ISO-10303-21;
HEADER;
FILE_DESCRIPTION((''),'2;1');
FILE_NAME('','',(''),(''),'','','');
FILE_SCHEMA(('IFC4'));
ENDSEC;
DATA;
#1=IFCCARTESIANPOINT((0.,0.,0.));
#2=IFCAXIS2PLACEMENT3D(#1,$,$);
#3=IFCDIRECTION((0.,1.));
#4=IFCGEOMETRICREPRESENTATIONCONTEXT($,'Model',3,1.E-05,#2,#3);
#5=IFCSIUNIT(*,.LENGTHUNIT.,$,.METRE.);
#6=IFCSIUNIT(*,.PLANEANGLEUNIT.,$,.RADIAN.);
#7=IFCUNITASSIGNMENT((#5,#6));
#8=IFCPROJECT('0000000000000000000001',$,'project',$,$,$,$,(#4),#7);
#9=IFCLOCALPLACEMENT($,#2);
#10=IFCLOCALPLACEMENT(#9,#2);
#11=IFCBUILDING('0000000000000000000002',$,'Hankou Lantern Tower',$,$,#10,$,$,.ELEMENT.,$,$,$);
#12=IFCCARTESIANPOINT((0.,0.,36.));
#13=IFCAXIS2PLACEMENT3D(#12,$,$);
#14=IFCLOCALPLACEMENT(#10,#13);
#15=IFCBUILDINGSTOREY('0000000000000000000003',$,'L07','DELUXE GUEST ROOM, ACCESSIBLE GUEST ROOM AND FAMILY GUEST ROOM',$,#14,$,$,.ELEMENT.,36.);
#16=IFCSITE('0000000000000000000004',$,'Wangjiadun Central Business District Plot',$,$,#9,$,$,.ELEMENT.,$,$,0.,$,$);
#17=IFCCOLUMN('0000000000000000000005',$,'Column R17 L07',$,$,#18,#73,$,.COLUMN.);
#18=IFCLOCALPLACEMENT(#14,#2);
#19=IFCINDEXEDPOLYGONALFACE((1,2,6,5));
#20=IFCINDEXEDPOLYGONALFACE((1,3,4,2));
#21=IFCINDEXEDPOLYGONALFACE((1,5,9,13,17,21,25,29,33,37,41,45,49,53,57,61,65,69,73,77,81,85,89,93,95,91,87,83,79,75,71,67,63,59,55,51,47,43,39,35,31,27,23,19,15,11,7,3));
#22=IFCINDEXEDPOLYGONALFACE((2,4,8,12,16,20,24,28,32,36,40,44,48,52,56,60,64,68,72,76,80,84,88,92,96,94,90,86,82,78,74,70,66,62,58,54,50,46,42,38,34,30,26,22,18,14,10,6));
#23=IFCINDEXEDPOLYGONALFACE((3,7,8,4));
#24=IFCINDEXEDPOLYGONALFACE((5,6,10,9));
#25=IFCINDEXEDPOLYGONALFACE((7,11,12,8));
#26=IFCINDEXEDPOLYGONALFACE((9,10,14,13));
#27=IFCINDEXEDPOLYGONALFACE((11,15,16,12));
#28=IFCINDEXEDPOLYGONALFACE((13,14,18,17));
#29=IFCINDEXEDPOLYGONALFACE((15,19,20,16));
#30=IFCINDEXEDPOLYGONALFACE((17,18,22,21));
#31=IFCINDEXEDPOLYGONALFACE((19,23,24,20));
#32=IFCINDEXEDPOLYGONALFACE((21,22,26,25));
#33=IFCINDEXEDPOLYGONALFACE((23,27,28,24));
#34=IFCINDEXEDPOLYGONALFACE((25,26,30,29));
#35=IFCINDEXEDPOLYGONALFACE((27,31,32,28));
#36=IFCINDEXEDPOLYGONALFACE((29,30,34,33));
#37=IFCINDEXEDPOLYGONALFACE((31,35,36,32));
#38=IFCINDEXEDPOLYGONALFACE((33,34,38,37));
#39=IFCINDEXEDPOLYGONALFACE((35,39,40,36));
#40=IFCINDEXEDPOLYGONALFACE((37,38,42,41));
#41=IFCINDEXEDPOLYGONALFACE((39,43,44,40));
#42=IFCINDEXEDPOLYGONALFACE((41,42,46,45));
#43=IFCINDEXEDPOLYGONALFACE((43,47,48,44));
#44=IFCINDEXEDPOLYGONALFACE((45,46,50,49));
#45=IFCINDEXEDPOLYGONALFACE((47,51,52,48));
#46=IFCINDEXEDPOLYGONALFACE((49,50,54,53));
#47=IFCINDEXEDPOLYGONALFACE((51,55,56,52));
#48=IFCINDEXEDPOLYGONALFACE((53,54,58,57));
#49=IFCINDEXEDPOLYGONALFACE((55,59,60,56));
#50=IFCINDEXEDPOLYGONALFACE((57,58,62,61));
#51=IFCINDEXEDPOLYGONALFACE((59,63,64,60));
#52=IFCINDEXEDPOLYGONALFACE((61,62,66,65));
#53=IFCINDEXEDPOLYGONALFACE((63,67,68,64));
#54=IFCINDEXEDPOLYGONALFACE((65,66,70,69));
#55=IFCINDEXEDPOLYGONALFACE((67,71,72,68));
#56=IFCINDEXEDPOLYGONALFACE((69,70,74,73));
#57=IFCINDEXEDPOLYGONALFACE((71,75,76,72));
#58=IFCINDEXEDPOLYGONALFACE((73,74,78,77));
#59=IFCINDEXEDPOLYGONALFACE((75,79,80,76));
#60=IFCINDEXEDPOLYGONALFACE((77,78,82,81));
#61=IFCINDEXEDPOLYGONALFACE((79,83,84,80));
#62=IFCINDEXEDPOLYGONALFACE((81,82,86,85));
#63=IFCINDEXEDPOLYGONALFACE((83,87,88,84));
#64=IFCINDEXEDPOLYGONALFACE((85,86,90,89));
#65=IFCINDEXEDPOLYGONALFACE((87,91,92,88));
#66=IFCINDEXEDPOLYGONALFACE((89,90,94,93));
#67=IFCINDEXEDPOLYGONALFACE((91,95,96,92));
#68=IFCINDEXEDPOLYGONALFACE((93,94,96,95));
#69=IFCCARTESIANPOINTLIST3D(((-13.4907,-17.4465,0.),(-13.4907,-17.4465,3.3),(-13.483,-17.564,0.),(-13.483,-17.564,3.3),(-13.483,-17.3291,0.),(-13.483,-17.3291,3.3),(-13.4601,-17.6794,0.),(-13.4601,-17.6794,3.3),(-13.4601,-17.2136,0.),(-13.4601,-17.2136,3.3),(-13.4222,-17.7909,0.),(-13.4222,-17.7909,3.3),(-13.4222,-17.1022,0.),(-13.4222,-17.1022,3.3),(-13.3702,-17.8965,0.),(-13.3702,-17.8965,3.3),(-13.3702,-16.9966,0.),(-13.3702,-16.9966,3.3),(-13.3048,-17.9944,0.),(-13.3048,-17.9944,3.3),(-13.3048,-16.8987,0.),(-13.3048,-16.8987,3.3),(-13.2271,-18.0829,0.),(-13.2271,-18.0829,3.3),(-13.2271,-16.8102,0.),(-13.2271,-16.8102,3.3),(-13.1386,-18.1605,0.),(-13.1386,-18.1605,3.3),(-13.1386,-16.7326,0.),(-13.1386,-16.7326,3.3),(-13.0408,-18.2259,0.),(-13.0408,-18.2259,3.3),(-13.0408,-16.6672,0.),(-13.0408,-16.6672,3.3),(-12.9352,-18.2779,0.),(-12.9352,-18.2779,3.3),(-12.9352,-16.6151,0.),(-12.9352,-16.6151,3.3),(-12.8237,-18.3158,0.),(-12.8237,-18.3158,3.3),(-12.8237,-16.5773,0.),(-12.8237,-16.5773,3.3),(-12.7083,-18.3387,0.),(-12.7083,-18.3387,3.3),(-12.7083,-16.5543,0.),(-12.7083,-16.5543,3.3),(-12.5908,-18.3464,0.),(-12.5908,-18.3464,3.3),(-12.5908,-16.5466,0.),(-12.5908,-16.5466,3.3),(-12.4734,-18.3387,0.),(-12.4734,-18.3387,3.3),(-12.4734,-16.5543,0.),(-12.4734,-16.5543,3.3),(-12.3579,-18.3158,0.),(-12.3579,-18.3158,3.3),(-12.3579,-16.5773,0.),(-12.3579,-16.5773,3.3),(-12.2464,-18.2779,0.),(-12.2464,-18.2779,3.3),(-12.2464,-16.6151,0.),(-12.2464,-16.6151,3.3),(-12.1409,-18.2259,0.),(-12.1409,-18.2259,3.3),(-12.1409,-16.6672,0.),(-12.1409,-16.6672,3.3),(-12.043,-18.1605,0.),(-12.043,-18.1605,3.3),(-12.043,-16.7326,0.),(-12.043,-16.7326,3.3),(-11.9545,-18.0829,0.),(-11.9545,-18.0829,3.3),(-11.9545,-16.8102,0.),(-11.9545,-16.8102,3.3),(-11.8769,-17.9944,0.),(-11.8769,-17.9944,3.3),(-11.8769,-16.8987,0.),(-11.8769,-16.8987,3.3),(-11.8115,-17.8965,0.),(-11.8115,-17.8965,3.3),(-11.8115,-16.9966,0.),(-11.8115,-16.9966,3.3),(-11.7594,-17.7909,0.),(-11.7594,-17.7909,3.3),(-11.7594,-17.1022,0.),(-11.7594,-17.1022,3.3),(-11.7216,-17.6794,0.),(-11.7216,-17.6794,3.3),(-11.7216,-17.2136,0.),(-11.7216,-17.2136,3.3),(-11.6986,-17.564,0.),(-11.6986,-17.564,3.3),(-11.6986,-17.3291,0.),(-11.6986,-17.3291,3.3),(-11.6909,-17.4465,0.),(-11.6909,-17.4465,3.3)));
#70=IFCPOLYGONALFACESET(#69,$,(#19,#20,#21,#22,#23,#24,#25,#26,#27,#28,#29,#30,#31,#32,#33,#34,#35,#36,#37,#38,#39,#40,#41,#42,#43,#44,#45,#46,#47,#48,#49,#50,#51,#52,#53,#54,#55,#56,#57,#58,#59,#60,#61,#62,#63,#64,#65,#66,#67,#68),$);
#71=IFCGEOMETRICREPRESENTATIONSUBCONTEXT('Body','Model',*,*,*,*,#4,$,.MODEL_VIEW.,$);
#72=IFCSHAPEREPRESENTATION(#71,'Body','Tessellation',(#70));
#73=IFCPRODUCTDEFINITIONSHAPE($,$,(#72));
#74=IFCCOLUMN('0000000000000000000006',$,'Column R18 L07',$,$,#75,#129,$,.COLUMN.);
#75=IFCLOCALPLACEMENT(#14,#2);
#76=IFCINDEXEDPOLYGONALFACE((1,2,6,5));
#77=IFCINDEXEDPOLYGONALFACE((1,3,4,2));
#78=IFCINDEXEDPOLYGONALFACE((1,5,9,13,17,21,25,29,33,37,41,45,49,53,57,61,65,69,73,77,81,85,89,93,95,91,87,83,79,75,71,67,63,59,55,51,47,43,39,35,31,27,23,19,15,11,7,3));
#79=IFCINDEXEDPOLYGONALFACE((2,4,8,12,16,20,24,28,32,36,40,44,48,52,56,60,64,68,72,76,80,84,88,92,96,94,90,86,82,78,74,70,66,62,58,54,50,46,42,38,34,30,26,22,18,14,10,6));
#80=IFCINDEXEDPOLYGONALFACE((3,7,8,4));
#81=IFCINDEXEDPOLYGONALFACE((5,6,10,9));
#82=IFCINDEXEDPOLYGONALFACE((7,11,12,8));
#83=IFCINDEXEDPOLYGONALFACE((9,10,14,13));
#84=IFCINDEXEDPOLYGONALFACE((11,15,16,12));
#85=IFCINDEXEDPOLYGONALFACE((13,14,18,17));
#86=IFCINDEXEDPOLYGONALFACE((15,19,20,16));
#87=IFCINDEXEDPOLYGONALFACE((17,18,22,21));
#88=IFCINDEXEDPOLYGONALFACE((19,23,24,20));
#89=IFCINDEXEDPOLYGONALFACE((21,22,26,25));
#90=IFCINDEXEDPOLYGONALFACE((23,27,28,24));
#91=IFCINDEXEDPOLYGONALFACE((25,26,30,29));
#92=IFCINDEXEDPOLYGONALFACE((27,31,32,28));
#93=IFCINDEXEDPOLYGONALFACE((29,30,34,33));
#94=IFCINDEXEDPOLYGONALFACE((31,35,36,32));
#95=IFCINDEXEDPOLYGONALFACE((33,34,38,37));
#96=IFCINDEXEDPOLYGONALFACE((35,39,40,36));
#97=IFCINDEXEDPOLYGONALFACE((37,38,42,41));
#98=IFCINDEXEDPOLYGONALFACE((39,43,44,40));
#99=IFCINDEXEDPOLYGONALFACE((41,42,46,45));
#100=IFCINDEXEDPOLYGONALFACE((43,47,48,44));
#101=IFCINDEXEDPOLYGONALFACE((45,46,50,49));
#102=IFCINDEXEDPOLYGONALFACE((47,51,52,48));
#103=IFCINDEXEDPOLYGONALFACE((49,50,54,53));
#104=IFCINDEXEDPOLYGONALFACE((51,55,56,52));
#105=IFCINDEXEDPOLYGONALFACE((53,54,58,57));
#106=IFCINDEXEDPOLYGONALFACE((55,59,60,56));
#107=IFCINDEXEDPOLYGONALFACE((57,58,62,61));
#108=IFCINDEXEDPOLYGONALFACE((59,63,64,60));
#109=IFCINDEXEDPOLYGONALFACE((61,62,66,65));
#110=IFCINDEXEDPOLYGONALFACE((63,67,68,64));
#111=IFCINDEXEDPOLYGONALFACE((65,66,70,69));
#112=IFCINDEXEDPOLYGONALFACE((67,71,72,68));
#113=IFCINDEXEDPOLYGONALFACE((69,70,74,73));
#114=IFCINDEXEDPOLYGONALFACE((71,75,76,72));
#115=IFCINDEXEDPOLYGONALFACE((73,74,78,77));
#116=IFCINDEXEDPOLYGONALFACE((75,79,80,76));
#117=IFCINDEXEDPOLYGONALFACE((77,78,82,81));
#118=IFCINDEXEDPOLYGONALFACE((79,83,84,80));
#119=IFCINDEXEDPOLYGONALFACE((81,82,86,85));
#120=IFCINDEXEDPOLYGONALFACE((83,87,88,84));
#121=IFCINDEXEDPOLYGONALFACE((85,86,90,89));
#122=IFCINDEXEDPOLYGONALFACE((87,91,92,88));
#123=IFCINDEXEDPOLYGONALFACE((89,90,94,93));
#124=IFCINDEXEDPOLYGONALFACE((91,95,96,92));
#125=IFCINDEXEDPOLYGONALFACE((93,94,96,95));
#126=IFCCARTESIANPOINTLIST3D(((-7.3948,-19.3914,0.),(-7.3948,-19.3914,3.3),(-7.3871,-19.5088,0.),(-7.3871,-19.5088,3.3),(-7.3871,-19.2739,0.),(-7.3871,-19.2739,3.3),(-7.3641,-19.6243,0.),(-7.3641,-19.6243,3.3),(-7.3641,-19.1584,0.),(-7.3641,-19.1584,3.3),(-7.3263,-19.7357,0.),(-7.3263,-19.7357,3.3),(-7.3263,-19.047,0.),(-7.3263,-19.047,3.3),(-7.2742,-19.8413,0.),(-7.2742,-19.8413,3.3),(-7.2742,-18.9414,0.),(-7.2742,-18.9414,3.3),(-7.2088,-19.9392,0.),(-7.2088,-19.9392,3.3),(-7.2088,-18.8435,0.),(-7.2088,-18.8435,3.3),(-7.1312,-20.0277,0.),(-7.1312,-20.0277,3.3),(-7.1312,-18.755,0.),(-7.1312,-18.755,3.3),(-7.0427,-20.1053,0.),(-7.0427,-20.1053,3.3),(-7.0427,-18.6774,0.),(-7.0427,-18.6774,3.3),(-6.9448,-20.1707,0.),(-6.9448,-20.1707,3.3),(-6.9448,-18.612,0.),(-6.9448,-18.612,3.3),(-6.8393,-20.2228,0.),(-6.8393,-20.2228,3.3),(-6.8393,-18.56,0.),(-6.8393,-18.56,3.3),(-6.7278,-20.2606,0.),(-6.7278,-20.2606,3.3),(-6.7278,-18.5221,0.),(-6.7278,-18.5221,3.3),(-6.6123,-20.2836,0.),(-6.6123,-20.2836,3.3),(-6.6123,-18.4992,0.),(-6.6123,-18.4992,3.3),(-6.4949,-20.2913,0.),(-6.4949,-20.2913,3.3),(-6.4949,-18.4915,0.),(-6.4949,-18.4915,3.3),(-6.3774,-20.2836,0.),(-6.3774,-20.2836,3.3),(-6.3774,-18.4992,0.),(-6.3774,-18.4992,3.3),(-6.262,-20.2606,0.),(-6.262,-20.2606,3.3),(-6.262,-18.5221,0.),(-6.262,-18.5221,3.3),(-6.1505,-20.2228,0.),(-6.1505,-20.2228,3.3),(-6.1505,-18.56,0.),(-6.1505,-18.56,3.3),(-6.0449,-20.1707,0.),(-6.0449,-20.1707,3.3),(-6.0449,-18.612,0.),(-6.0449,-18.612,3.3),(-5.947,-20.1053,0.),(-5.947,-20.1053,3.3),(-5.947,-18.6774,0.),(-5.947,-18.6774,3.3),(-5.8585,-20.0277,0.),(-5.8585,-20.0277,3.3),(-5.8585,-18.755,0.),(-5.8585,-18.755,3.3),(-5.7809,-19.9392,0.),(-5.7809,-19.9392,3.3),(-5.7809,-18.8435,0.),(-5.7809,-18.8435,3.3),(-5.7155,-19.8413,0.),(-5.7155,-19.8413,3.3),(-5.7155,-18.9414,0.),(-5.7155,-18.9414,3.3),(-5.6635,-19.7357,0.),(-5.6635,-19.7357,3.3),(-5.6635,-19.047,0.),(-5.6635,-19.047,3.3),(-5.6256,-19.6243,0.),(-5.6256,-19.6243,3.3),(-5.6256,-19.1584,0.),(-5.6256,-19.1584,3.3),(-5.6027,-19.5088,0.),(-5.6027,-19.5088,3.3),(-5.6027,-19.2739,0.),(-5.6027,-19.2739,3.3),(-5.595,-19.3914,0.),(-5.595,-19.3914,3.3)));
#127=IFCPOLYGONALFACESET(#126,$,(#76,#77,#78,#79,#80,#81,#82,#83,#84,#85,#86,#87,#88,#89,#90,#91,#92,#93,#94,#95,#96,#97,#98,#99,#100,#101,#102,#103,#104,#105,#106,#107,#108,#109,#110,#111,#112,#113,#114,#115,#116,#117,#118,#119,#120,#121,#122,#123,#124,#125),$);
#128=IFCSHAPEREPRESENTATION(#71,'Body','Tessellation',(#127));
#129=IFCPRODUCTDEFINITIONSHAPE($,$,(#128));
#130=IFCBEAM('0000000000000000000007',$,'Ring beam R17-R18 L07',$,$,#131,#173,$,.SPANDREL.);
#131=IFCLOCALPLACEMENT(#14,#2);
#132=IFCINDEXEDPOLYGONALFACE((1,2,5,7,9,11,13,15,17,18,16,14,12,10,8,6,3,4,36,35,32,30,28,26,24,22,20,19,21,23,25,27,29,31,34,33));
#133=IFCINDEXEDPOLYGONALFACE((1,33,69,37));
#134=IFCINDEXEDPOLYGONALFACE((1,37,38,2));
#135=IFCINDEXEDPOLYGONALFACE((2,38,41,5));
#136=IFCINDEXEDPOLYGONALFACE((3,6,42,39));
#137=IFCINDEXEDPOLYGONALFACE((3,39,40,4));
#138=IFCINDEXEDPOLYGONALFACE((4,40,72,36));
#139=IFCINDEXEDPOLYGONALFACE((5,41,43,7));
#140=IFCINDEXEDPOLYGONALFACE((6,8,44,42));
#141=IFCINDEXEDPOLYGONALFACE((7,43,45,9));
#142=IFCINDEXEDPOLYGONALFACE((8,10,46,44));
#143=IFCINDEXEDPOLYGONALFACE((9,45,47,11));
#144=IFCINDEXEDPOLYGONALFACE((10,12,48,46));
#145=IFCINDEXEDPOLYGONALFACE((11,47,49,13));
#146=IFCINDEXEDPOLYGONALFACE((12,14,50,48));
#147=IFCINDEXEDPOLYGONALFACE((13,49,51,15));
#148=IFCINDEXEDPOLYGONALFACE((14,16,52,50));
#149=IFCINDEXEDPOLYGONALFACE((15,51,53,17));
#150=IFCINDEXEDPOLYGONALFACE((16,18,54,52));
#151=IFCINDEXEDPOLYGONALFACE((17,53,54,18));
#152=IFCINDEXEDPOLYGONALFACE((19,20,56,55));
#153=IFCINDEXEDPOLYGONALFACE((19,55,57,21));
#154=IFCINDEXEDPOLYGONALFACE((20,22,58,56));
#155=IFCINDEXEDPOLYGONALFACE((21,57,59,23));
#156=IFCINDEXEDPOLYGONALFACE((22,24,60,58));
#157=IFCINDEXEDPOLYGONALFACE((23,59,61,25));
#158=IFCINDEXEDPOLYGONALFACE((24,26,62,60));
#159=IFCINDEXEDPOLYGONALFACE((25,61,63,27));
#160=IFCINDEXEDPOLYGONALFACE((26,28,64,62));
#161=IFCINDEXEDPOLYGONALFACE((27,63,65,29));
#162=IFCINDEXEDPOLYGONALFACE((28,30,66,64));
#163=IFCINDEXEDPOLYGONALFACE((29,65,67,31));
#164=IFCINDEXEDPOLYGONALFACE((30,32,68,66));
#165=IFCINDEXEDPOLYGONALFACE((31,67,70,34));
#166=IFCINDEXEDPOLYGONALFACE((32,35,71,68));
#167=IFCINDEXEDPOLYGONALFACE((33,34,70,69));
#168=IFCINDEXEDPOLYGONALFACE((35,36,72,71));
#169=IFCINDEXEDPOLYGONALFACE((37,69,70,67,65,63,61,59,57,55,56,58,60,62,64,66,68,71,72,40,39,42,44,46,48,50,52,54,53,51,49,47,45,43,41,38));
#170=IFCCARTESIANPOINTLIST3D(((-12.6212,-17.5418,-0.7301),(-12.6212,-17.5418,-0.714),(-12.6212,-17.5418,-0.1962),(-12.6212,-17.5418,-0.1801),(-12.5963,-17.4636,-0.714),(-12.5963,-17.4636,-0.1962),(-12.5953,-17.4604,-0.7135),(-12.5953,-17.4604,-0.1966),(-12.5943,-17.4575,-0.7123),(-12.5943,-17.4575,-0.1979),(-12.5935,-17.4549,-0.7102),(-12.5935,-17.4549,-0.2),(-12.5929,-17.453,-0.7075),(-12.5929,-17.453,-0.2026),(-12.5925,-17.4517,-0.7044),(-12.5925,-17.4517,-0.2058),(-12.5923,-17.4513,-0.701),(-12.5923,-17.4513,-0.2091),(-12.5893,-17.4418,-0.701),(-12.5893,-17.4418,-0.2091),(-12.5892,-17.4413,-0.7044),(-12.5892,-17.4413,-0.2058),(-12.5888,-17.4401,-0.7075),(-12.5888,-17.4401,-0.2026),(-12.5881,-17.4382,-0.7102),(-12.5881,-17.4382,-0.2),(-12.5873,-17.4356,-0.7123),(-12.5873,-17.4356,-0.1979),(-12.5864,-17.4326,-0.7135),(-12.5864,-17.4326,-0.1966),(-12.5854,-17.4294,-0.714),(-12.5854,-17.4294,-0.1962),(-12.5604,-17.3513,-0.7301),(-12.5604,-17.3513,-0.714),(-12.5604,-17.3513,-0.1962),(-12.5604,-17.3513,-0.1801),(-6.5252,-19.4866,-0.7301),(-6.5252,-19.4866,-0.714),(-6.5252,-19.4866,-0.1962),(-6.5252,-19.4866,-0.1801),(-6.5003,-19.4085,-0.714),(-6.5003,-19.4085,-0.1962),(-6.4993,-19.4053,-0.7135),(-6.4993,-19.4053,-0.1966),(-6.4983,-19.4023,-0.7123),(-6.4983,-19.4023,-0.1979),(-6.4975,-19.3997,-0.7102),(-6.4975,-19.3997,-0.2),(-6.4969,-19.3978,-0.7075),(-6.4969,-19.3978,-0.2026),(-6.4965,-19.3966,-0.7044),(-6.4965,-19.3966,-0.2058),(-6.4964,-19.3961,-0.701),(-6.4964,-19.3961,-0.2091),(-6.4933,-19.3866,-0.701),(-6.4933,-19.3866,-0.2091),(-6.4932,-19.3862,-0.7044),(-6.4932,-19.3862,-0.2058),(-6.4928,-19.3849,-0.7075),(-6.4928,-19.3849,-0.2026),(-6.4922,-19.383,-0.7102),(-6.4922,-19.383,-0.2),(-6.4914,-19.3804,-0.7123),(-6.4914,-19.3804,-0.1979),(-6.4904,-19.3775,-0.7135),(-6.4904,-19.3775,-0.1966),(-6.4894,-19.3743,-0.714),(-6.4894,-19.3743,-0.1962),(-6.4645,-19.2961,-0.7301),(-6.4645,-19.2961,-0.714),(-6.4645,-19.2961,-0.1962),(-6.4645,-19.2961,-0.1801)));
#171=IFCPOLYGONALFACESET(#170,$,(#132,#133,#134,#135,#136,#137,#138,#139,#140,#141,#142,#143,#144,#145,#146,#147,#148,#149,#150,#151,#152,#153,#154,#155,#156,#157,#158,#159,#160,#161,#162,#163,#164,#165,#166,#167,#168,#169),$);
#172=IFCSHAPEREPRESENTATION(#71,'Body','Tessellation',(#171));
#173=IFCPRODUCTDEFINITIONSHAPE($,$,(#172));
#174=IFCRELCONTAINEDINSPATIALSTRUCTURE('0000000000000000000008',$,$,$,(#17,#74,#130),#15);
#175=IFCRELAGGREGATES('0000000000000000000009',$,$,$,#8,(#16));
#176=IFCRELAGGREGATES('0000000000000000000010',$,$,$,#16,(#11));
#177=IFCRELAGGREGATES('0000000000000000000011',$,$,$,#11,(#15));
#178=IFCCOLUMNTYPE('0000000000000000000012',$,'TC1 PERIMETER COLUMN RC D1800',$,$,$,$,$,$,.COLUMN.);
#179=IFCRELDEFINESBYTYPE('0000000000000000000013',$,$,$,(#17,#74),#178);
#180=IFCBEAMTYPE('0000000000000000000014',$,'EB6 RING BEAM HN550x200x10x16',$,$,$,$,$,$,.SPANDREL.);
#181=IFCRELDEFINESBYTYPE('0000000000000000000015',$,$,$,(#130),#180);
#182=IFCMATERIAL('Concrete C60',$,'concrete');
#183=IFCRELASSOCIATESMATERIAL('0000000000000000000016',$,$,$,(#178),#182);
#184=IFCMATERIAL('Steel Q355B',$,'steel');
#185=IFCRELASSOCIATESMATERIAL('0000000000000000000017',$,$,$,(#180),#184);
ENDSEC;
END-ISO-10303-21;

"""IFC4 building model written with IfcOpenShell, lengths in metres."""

from ifc_helpers import new_model, si_unit, direction, frame, origin, origin_2d, place, context, subcontext, project, spatial, circle, i_section, extrude, material, material_profile, profile_set, type_object, element, save


model = new_model("IFC4")

# Units and contexts
model_context = context("Model", 3, precision=1e-05, world=origin(), true_north=direction((0.0, 1.0)))
body_context = subcontext(model_context, "Body", "Model", "MODEL_VIEW")
ifc_project = project(units=[si_unit("LENGTHUNIT", "METRE"), si_unit("PLANEANGLEUNIT", "RADIAN")], contexts=[model_context])

# Site, building, storey
site_placement = place(None, origin())
site = spatial("IfcSite", under=ifc_project, at=site_placement, Name="Wangjiadun Central Business District Plot", CompositionType="ELEMENT", RefElevation=0.0)
building_placement = place(site_placement, origin())
building = spatial("IfcBuilding", under=site, at=building_placement, Name="Hankou Lantern Tower", CompositionType="ELEMENT")
storey_placement = place(building_placement, frame((0.0, 0.0, 36.0)))
storey = spatial("IfcBuildingStorey", under=building, at=storey_placement, Name="L07", Description="DELUXE GUEST ROOM, ACCESSIBLE GUEST ROOM AND FAMILY GUEST ROOM", CompositionType="ELEMENT", Elevation=36.0)

# Columns
ifc_material_1 = material(Name="Concrete C60", Category="concrete")
ifc_material_profile_1 = material_profile(ifc_material_1, circle(Radius=0.8999, at=origin_2d()), Name="RC D1800")
ifc_profile_set_1 = profile_set([ifc_material_profile_1], Name="Concrete C60")
column_type = type_object("IfcColumnType", Name="TC1 PERIMETER COLUMN RC D1800", PredefinedType="COLUMN", material=ifc_profile_set_1)
for number, where, z_axis, x_axis, name in (
    (1, (-12.5908, -17.4465, 0.0), (0.0, 0.0, 1.0), (1.0, 0.0, 0.0), "Column R17 L07"),
    (2, (-6.4949, -19.3914, 0.0), (0.0, 0.0, 1.0), (1.0, 0.0, 0.0), "Column R18 L07"),
):
    element("IfcColumn", number, at=place(storey_placement, frame(where, z_axis=z_axis, x_axis=x_axis)), inside=storey, type_object=column_type, Name=name, PredefinedType="COLUMN", context=body_context, shape_type="SweptSolid", body=[
        extrude(circle(Radius=0.8999, at=origin_2d()), origin(), (0.0, 0.0, 1.0), 3.3),
    ])

# Beam
ifc_material_2 = material(Name="Steel Q355B", Category="steel")
ifc_material_profile_2 = material_profile(ifc_material_2, i_section(OverallWidth=0.2, OverallDepth=0.55, WebThickness=0.01, FlangeThickness=0.0161, FilletRadius=0.0129, at=origin_2d()), Name="HN550x200x10x16")
ifc_profile_set_2 = profile_set([ifc_material_profile_2], Name="Steel Q355B")
beam_type_1 = type_object("IfcBeamType", Name="EB6 RING BEAM HN550x200x10x16", PredefinedType="SPANDREL", material=ifc_profile_set_2)
beam_1_placement = place(storey_placement, frame((-12.5908, -17.4465, -0.4551), z_axis=(0.95269, -0.303942, 0.0), x_axis=(0.303942, 0.95269, 0.0)))
element("IfcBeam", 3, at=beam_1_placement, inside=storey, type_object=beam_type_1, Name="Ring beam R17-R18 L07", PredefinedType="SPANDREL", context=body_context, shape_type="SweptSolid", body=[
    extrude(i_section(OverallWidth=0.2, OverallDepth=0.55, WebThickness=0.01, FlangeThickness=0.0161, FilletRadius=0.0129, at=origin_2d()), origin(), (0.0, 0.0, 1.0), 6.3987),
])

save(model, "model.ifc")
